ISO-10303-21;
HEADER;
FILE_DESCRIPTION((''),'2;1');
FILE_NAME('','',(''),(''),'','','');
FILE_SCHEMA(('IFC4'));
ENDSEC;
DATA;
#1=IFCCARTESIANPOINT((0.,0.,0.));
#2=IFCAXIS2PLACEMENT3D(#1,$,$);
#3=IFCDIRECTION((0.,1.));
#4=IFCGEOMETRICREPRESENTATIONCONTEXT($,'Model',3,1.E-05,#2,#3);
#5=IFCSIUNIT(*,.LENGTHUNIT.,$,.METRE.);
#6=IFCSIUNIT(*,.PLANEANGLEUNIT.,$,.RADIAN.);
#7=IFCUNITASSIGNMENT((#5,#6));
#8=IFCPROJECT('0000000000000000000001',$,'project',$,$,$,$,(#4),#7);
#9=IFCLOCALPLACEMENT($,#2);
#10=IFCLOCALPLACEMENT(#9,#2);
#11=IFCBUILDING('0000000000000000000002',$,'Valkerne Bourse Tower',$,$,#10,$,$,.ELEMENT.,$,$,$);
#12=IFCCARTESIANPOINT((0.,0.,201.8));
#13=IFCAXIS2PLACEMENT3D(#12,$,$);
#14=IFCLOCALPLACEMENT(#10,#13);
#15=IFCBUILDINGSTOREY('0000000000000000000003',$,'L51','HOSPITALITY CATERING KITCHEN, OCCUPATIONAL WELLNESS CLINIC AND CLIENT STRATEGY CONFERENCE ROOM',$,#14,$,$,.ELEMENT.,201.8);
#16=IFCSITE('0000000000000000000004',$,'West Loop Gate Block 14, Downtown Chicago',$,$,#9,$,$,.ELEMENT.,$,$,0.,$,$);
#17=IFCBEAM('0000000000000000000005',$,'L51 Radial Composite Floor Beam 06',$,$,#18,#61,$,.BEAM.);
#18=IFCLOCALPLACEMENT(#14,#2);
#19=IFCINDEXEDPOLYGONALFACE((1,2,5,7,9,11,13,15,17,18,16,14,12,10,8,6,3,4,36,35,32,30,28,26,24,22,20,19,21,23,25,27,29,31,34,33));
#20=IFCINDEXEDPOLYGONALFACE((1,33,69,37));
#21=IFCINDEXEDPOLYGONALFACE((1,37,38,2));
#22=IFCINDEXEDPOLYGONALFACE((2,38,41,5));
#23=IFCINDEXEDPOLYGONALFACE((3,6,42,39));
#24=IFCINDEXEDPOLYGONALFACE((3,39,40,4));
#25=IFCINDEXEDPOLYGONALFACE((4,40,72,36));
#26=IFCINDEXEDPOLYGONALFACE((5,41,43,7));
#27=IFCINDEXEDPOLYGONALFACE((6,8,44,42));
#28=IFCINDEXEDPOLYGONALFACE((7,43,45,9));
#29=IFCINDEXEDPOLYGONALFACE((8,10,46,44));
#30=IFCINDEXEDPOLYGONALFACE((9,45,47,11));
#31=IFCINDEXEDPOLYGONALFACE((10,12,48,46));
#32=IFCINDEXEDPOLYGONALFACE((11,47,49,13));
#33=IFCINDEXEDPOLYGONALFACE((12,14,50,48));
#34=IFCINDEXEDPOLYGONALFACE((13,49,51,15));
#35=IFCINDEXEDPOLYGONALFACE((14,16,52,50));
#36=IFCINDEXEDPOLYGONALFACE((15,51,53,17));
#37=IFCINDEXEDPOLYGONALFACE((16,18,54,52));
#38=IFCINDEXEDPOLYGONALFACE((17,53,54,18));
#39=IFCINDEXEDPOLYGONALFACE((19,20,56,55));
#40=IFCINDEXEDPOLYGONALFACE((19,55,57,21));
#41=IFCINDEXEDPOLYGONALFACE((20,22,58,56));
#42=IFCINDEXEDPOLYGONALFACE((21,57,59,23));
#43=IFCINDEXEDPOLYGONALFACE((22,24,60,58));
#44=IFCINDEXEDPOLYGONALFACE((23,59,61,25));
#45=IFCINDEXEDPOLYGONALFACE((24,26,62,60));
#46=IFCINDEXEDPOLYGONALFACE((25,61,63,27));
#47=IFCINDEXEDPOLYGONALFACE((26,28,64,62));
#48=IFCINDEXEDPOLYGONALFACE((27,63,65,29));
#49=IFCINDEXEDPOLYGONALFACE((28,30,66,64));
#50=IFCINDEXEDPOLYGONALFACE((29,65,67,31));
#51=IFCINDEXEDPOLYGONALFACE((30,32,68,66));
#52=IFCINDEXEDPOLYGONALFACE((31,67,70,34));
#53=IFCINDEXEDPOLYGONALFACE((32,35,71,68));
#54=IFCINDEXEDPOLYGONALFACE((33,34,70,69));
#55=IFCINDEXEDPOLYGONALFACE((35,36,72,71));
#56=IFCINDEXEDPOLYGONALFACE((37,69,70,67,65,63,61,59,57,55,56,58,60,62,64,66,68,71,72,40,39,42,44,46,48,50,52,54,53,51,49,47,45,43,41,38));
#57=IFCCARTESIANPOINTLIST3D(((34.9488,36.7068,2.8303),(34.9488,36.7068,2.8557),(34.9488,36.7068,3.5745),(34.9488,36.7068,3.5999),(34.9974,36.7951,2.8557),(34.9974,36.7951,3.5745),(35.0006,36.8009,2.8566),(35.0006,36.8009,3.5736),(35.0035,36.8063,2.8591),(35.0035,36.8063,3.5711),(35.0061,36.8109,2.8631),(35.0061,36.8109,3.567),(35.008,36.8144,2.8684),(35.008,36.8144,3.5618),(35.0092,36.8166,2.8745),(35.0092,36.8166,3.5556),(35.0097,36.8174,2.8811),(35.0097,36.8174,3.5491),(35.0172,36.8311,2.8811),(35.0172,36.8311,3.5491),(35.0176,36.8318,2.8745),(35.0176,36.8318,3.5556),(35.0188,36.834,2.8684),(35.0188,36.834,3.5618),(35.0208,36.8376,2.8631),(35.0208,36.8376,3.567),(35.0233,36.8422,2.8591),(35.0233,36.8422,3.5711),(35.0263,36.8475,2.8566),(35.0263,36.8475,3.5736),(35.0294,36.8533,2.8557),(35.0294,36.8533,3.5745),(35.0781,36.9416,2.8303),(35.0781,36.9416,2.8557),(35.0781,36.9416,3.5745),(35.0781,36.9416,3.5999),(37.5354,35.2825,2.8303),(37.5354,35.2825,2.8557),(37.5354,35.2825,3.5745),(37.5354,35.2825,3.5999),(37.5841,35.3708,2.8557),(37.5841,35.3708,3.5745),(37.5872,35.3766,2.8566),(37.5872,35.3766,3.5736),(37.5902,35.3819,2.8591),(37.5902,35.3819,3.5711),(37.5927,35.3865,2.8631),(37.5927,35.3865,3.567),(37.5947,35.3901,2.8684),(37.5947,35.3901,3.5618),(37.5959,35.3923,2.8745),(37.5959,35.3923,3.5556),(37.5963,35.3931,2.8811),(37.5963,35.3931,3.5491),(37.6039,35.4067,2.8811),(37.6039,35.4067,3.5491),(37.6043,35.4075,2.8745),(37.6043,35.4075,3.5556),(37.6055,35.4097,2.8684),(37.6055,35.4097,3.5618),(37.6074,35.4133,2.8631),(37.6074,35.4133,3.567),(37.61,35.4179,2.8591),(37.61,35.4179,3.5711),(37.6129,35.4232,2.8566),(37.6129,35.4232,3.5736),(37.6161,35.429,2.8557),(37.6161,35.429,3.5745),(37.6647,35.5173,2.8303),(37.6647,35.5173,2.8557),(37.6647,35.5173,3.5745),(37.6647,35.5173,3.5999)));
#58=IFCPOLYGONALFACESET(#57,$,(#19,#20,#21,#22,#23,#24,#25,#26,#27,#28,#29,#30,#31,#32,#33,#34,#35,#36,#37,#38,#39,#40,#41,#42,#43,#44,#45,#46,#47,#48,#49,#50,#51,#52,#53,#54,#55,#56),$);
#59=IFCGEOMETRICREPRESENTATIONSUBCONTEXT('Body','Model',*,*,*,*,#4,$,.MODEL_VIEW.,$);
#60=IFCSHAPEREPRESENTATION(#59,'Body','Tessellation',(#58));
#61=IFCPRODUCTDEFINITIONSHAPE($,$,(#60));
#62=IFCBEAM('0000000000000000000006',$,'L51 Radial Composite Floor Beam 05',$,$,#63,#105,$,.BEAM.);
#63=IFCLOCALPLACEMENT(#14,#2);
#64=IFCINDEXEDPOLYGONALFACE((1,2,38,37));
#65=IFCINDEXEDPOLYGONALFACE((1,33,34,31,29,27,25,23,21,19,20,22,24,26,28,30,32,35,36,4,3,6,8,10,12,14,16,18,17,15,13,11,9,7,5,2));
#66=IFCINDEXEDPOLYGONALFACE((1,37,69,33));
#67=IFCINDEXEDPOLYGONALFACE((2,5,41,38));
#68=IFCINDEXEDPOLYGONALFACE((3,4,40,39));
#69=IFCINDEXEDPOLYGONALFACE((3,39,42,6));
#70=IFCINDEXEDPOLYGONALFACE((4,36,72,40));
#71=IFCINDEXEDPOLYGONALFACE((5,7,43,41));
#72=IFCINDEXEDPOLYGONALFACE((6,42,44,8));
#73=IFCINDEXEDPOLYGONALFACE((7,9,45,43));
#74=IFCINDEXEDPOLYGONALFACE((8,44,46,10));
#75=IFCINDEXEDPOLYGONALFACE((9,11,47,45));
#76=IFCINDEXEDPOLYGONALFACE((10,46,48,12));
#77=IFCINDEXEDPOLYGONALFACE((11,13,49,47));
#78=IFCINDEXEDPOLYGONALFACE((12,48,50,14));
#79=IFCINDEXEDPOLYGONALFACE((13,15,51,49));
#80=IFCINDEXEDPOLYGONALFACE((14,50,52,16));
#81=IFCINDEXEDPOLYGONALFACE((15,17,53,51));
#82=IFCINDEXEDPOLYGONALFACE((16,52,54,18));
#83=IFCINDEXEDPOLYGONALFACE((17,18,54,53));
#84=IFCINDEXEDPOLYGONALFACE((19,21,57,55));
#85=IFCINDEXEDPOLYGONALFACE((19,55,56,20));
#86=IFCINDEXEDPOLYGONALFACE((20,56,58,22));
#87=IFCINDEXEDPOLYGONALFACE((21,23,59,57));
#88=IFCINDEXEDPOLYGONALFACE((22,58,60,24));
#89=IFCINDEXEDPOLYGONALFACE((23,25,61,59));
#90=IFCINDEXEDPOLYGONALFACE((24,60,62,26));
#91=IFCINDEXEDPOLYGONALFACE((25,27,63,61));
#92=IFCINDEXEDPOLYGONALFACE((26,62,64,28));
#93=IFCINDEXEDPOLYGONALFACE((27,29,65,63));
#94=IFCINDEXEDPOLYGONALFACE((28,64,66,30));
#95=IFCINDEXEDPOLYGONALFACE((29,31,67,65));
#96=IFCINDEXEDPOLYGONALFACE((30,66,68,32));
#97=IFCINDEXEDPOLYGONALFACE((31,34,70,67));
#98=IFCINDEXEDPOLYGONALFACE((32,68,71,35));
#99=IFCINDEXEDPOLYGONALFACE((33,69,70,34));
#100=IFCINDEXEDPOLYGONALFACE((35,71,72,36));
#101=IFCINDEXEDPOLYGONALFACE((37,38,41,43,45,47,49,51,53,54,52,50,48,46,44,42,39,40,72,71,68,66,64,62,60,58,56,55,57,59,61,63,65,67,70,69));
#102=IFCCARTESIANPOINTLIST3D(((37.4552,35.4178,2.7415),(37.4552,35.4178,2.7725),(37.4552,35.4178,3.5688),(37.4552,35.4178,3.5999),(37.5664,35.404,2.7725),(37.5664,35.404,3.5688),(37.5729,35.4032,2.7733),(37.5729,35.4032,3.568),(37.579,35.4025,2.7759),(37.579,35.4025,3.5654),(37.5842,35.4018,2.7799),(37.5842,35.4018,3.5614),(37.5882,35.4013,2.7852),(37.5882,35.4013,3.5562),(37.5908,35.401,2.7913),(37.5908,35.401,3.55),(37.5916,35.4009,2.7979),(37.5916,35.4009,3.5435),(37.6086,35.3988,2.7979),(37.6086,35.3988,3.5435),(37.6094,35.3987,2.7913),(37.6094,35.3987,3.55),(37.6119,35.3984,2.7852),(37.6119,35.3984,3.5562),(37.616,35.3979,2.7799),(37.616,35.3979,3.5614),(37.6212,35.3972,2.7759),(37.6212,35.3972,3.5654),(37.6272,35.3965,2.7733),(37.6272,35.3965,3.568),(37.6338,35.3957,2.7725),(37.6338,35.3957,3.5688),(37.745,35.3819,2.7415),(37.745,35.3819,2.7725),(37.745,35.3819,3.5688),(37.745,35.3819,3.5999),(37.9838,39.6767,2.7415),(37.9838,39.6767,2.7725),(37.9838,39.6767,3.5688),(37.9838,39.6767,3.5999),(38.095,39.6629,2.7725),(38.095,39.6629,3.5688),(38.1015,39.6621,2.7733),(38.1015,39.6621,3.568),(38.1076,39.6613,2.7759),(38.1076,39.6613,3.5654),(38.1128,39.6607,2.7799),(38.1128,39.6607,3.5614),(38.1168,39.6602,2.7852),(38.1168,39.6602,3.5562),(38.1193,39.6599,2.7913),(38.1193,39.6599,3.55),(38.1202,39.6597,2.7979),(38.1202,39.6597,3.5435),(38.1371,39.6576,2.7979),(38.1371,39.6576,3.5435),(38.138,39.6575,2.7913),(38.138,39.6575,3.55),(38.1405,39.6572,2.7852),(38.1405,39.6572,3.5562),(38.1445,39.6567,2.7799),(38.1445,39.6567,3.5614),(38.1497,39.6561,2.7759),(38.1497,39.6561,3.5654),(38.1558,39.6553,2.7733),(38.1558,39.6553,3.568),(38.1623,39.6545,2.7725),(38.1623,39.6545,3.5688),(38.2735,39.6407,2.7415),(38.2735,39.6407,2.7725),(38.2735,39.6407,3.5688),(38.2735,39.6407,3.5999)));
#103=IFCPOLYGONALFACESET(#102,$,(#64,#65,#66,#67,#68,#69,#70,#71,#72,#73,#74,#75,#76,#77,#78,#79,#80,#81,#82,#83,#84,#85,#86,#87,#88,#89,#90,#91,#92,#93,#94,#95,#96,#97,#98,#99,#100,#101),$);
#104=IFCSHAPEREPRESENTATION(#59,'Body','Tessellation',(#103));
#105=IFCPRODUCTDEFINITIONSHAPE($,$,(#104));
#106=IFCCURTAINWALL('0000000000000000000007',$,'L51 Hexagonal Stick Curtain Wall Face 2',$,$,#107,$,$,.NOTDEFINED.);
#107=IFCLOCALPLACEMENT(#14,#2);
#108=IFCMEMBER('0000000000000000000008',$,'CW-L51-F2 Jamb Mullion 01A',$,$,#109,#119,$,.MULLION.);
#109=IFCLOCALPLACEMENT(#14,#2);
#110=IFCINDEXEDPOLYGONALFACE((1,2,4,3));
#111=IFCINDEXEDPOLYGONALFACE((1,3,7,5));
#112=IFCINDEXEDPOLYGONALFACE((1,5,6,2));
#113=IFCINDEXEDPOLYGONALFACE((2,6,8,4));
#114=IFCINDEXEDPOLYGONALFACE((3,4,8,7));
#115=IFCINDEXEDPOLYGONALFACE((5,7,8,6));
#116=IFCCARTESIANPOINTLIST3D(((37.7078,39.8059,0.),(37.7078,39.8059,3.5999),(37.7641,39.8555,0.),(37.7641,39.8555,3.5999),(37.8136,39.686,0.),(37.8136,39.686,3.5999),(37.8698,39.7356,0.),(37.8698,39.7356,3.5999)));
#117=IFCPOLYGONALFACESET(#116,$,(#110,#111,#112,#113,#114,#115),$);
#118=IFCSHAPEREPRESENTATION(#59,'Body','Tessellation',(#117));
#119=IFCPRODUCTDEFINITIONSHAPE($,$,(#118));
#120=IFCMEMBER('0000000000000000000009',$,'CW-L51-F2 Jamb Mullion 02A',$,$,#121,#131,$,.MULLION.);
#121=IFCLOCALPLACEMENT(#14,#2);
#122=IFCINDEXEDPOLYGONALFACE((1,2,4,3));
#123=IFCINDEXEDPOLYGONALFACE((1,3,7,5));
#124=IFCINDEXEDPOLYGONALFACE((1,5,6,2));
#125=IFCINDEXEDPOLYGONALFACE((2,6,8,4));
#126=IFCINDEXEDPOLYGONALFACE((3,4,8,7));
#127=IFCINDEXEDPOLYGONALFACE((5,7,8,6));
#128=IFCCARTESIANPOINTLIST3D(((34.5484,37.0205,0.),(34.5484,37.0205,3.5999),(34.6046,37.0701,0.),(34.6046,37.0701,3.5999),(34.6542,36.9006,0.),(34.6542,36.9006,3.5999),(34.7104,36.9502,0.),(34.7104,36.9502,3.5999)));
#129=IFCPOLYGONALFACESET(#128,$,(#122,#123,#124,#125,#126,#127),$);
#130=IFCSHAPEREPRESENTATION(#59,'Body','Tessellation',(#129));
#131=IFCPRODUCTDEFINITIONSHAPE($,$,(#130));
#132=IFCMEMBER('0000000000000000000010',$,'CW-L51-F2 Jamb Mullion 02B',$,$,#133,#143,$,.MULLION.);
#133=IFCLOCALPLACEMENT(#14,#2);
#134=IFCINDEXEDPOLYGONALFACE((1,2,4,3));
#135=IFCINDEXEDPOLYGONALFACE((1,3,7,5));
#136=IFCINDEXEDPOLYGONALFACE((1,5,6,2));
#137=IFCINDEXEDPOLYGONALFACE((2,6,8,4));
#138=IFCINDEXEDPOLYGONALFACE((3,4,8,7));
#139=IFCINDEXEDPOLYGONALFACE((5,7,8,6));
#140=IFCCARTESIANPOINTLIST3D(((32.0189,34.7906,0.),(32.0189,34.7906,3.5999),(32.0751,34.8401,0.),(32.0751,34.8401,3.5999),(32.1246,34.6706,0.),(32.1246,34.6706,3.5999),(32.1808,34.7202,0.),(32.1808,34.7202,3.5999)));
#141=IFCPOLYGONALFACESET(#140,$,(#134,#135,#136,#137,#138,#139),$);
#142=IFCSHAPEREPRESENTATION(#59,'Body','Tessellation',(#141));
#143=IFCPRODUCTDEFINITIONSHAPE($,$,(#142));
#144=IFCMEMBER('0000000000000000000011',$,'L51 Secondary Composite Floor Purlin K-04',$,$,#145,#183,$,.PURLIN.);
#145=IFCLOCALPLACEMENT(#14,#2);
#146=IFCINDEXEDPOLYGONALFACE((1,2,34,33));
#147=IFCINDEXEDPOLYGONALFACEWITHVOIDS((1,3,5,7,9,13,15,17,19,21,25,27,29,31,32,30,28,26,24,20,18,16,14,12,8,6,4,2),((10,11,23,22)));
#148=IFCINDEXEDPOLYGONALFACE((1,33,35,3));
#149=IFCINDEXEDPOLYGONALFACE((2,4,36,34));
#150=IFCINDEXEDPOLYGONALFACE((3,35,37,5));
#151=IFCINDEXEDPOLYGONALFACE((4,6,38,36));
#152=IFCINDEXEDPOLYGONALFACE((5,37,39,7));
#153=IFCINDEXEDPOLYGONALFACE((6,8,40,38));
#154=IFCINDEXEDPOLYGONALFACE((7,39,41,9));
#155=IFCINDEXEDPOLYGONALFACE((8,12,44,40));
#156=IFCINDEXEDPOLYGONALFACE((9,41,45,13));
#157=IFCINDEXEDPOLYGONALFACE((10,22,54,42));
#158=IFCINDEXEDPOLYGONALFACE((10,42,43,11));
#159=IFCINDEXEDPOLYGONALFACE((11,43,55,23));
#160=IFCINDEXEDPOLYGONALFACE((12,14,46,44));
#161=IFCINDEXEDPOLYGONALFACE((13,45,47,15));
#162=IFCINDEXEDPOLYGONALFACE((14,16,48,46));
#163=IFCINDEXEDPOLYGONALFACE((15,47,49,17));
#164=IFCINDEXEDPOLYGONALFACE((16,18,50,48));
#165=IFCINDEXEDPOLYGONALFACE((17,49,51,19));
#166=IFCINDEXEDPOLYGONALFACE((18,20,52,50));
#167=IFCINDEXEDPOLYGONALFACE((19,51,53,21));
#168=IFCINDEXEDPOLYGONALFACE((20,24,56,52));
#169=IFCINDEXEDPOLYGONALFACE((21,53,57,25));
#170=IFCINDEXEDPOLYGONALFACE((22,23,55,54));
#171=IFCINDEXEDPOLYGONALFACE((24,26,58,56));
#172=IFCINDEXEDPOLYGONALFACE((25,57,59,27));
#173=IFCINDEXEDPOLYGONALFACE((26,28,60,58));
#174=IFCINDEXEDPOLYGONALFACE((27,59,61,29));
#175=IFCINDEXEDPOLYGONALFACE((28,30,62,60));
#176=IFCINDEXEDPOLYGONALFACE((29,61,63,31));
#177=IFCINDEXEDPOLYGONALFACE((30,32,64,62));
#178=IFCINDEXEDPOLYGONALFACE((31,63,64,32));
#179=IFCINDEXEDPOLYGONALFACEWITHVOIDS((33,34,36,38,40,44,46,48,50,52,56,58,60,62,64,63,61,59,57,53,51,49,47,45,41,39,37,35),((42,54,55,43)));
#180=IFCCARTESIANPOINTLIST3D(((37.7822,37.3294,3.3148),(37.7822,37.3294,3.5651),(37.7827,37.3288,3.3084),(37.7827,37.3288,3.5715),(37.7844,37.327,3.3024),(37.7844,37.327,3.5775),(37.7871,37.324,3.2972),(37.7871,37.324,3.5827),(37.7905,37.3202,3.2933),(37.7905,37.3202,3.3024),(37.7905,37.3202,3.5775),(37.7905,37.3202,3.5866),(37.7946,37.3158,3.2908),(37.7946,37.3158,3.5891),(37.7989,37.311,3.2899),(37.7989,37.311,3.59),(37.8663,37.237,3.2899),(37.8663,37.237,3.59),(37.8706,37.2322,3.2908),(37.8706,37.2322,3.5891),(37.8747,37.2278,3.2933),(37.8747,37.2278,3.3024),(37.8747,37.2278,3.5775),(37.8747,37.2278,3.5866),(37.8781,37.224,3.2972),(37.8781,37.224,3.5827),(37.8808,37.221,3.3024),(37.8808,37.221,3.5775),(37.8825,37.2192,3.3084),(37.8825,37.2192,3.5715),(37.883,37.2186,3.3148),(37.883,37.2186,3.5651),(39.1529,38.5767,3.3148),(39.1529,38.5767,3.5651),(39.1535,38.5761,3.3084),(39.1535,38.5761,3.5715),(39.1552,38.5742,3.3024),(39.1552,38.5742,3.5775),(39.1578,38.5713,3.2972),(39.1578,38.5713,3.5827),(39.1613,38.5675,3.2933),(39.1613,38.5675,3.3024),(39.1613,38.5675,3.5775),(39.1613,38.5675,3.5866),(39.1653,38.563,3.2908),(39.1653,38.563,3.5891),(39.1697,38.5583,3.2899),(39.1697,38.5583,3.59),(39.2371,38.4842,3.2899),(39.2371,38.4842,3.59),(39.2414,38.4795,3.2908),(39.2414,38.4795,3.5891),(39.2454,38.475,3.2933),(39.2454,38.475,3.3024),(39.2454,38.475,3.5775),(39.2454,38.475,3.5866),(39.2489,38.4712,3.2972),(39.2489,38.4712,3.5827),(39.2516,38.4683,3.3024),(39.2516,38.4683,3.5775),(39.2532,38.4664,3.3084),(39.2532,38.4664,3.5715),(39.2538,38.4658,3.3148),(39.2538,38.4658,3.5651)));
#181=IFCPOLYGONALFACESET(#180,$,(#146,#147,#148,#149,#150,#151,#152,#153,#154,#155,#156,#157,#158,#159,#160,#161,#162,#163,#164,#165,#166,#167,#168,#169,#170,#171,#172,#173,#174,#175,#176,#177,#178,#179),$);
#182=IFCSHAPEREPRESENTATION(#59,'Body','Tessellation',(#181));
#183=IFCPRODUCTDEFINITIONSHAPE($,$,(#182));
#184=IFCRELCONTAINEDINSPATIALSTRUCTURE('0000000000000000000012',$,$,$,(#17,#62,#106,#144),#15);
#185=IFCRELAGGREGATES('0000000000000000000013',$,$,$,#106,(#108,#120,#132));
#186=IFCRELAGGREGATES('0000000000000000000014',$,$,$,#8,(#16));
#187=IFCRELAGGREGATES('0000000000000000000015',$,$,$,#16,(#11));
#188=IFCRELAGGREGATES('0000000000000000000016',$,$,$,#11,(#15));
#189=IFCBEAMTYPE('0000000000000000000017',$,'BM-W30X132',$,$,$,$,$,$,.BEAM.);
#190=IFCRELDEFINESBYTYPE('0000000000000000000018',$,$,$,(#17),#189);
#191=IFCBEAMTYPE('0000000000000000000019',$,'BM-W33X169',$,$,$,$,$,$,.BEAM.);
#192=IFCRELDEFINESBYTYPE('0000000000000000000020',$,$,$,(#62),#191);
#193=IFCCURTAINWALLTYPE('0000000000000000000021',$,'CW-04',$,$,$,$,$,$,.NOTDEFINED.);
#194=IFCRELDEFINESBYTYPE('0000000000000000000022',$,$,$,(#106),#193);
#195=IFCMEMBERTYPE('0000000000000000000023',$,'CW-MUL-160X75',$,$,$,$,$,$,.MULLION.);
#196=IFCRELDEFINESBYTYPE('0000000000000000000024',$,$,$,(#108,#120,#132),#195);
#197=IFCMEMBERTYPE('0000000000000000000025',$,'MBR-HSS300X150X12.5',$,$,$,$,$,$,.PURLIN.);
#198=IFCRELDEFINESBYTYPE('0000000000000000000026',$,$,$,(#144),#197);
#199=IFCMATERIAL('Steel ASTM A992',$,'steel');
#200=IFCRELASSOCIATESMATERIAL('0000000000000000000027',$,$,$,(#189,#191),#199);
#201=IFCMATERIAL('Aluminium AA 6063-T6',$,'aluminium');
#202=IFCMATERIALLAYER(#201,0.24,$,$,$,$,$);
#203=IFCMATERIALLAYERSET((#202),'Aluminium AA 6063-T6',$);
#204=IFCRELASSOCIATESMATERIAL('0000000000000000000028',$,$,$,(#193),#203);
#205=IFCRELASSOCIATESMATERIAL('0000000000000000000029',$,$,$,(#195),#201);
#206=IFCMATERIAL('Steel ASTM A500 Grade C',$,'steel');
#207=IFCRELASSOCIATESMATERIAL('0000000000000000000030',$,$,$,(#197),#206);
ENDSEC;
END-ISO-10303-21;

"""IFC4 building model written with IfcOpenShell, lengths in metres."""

from ifc_helpers import new_model, si_unit, direction, frame, origin, origin_2d, place, context, subcontext, project, spatial, rectangle, hollow_rectangle, i_section, extrude, material, layer, layer_set, material_profile, profile_set, type_object, element, aggregate, save


model = new_model("IFC4")

# Units and contexts
model_context = context("Model", 3, precision=1e-05, world=origin(), true_north=direction((0.0, 1.0)))
body_context = subcontext(model_context, "Body", "Model", "MODEL_VIEW")
ifc_project = project(units=[si_unit("LENGTHUNIT", "METRE"), si_unit("PLANEANGLEUNIT", "RADIAN")], contexts=[model_context])

# Site, building, storey
site_placement = place(None, origin())
site = spatial("IfcSite", under=ifc_project, at=site_placement, Name="West Loop Gate Block 14, Downtown Chicago", CompositionType="ELEMENT", RefElevation=0.0)
building_placement = place(site_placement, origin())
building = spatial("IfcBuilding", under=site, at=building_placement, Name="Valkerne Bourse Tower", CompositionType="ELEMENT")
storey_placement = place(building_placement, frame((0.0, 0.0, 201.8)))
storey = spatial("IfcBuildingStorey", under=building, at=storey_placement, Name="L51", Description="HOSPITALITY CATERING KITCHEN, OCCUPATIONAL WELLNESS CLINIC AND CLIENT STRATEGY CONFERENCE ROOM", CompositionType="ELEMENT", Elevation=201.8)

# Beams
ifc_material_1 = material(Name="Steel ASTM A992", Category="steel")
ifc_material_profile_1 = material_profile(ifc_material_1, i_section(OverallWidth=0.2681, OverallDepth=0.7695, WebThickness=0.0156, FlangeThickness=0.0254, FilletRadius=0.0254, at=origin_2d()), Name="W30X132")
ifc_profile_set_1 = profile_set([ifc_material_profile_1], Name="Steel ASTM A992")
beam_type_1 = type_object("IfcBeamType", Name="BM-W30X132", PredefinedType="BEAM", material=ifc_profile_set_1)
beam_1_placement = place(storey_placement, frame((35.0134, 36.8242, 3.2151), z_axis=(0.87598, -0.482347, 0.0), x_axis=(0.482347, 0.87598, 0.0)))
element("IfcBeam", 1, at=beam_1_placement, inside=storey, type_object=beam_type_1, Name="L51 Radial Composite Floor Beam 06", PredefinedType="BEAM", context=body_context, shape_type="SweptSolid", body=[
    extrude(i_section(OverallWidth=0.2681, OverallDepth=0.7695, WebThickness=0.0156, FlangeThickness=0.0254, FilletRadius=0.0254, at=origin_2d()), origin(), (0.0, 0.0, 1.0), 2.9529),
])
ifc_material_profile_2 = material_profile(ifc_material_1, i_section(OverallWidth=0.292, OverallDepth=0.8584, WebThickness=0.0171, FlangeThickness=0.031, FilletRadius=0.0254, at=origin_2d()), Name="W33X169")
ifc_profile_set_2 = profile_set([ifc_material_profile_2], Name="Steel ASTM A992")
beam_type_2 = type_object("IfcBeamType", Name="BM-W33X169", PredefinedType="BEAM", material=ifc_profile_set_2)
beam_2_placement = place(storey_placement, frame((38.1287, 39.6587, 3.1707), z_axis=(-0.123166, -0.992386, 0.0), x_axis=(0.992386, -0.123166, 0.0)))
element("IfcBeam", 2, at=beam_2_placement, inside=storey, type_object=beam_type_2, Name="L51 Radial Composite Floor Beam 05", PredefinedType="BEAM", context=body_context, shape_type="SweptSolid", body=[
    extrude(i_section(OverallWidth=0.292, OverallDepth=0.8584, WebThickness=0.0171, FlangeThickness=0.031, FilletRadius=0.0254, at=origin_2d()), origin(), (0.0, 0.0, 1.0), 4.2915),
])

# Curtain wall, members
ifc_material_2 = material(Name="Aluminium AA 6063-T6", Category="aluminium")
ifc_layer_1 = layer(ifc_material_2, 0.24)
ifc_layer_set_1 = layer_set([ifc_layer_1], Name="Aluminium AA 6063-T6")
curtain_wall_type = type_object("IfcCurtainWallType", Name="CW-04", PredefinedType="NOTDEFINED", material=ifc_layer_set_1)
curtain_wall_placement = place(storey_placement, origin())
curtain_wall = element("IfcCurtainWall", 3, at=curtain_wall_placement, inside=storey, type_object=curtain_wall_type, Name="L51 Hexagonal Stick Curtain Wall Face 2", PredefinedType="NOTDEFINED")
ifc_material_profile_3 = material_profile(ifc_material_2, rectangle(XDim=0.075, YDim=0.1599, at=origin_2d()), Name="CWM-75X160")
ifc_profile_set_3 = profile_set([ifc_material_profile_3], Name="Aluminium AA 6063-T6")
member_type_1 = type_object("IfcMemberType", Name="CW-MUL-160X75", PredefinedType="MULLION", material=ifc_profile_set_3)
member_1_placement = place(storey_placement, frame((37.7888, 39.7708, 0.0), z_axis=(0.0, 0.0, 1.0), x_axis=(-0.750098, -0.661327, 0.0)))
member_1 = element("IfcMember", 4, at=member_1_placement, type_object=member_type_1, Name="CW-L51-F2 Jamb Mullion 01A", PredefinedType="MULLION", context=body_context, shape_type="SweptSolid", body=[
    extrude(rectangle(XDim=0.075, YDim=0.1599, at=origin_2d()), origin(), (0.0, 0.0, 1.0), 3.5999),
])
member_2_placement = place(storey_placement, frame((34.6294, 36.9854, 0.0), z_axis=(0.0, 0.0, 1.0), x_axis=(-0.75012, -0.661302, 0.0)))
member_2 = element("IfcMember", 5, at=member_2_placement, type_object=member_type_1, Name="CW-L51-F2 Jamb Mullion 02A", PredefinedType="MULLION", context=body_context, shape_type="SweptSolid", body=[
    extrude(rectangle(XDim=0.075, YDim=0.1599, at=origin_2d()), origin(), (0.0, 0.0, 1.0), 3.5999),
])
member_3_placement = place(storey_placement, frame((32.0999, 34.7554, 0.0), z_axis=(0.0, 0.0, 1.0), x_axis=(-0.75012, -0.661302, 0.0)))
member_3 = element("IfcMember", 6, at=member_3_placement, type_object=member_type_1, Name="CW-L51-F2 Jamb Mullion 02B", PredefinedType="MULLION", context=body_context, shape_type="SweptSolid", body=[
    extrude(rectangle(XDim=0.075, YDim=0.1599, at=origin_2d()), origin(), (0.0, 0.0, 1.0), 3.5999),
])

# Member
ifc_material_3 = material(Name="Steel ASTM A500 Grade C", Category="steel")
ifc_material_profile_4 = material_profile(ifc_material_3, hollow_rectangle(XDim=0.1499, YDim=0.3, WallThickness=0.0125, OuterFilletRadius=0.0249, at=origin_2d()), Name="HSS300X150X12.5")
ifc_profile_set_4 = profile_set([ifc_material_profile_4], Name="Steel ASTM A500 Grade C")
member_type_2 = type_object("IfcMemberType", Name="MBR-HSS300X150X12.5", PredefinedType="PURLIN", material=ifc_profile_set_4)
for number, where, z_axis, x_axis, name in (
    (7, (39.2034, 38.5212, 3.4399), (-0.739648, -0.672994, 0.0), (0.672994, -0.739648, 0.0), "L51 Secondary Composite Floor Purlin K-04"),
):
    element("IfcMember", number, at=place(storey_placement, frame(where, z_axis=z_axis, x_axis=x_axis)), inside=storey, type_object=member_type_2, Name=name, PredefinedType="PURLIN", context=body_context, shape_type="SweptSolid", body=[
        extrude(hollow_rectangle(XDim=0.1499, YDim=0.3, WallThickness=0.0125, OuterFilletRadius=0.0249, at=origin_2d()), origin(), (0.0, 0.0, 1.0), 1.8533),
    ])

aggregate(curtain_wall, [member_1, member_2, member_3])

save(model, "model.ifc")
